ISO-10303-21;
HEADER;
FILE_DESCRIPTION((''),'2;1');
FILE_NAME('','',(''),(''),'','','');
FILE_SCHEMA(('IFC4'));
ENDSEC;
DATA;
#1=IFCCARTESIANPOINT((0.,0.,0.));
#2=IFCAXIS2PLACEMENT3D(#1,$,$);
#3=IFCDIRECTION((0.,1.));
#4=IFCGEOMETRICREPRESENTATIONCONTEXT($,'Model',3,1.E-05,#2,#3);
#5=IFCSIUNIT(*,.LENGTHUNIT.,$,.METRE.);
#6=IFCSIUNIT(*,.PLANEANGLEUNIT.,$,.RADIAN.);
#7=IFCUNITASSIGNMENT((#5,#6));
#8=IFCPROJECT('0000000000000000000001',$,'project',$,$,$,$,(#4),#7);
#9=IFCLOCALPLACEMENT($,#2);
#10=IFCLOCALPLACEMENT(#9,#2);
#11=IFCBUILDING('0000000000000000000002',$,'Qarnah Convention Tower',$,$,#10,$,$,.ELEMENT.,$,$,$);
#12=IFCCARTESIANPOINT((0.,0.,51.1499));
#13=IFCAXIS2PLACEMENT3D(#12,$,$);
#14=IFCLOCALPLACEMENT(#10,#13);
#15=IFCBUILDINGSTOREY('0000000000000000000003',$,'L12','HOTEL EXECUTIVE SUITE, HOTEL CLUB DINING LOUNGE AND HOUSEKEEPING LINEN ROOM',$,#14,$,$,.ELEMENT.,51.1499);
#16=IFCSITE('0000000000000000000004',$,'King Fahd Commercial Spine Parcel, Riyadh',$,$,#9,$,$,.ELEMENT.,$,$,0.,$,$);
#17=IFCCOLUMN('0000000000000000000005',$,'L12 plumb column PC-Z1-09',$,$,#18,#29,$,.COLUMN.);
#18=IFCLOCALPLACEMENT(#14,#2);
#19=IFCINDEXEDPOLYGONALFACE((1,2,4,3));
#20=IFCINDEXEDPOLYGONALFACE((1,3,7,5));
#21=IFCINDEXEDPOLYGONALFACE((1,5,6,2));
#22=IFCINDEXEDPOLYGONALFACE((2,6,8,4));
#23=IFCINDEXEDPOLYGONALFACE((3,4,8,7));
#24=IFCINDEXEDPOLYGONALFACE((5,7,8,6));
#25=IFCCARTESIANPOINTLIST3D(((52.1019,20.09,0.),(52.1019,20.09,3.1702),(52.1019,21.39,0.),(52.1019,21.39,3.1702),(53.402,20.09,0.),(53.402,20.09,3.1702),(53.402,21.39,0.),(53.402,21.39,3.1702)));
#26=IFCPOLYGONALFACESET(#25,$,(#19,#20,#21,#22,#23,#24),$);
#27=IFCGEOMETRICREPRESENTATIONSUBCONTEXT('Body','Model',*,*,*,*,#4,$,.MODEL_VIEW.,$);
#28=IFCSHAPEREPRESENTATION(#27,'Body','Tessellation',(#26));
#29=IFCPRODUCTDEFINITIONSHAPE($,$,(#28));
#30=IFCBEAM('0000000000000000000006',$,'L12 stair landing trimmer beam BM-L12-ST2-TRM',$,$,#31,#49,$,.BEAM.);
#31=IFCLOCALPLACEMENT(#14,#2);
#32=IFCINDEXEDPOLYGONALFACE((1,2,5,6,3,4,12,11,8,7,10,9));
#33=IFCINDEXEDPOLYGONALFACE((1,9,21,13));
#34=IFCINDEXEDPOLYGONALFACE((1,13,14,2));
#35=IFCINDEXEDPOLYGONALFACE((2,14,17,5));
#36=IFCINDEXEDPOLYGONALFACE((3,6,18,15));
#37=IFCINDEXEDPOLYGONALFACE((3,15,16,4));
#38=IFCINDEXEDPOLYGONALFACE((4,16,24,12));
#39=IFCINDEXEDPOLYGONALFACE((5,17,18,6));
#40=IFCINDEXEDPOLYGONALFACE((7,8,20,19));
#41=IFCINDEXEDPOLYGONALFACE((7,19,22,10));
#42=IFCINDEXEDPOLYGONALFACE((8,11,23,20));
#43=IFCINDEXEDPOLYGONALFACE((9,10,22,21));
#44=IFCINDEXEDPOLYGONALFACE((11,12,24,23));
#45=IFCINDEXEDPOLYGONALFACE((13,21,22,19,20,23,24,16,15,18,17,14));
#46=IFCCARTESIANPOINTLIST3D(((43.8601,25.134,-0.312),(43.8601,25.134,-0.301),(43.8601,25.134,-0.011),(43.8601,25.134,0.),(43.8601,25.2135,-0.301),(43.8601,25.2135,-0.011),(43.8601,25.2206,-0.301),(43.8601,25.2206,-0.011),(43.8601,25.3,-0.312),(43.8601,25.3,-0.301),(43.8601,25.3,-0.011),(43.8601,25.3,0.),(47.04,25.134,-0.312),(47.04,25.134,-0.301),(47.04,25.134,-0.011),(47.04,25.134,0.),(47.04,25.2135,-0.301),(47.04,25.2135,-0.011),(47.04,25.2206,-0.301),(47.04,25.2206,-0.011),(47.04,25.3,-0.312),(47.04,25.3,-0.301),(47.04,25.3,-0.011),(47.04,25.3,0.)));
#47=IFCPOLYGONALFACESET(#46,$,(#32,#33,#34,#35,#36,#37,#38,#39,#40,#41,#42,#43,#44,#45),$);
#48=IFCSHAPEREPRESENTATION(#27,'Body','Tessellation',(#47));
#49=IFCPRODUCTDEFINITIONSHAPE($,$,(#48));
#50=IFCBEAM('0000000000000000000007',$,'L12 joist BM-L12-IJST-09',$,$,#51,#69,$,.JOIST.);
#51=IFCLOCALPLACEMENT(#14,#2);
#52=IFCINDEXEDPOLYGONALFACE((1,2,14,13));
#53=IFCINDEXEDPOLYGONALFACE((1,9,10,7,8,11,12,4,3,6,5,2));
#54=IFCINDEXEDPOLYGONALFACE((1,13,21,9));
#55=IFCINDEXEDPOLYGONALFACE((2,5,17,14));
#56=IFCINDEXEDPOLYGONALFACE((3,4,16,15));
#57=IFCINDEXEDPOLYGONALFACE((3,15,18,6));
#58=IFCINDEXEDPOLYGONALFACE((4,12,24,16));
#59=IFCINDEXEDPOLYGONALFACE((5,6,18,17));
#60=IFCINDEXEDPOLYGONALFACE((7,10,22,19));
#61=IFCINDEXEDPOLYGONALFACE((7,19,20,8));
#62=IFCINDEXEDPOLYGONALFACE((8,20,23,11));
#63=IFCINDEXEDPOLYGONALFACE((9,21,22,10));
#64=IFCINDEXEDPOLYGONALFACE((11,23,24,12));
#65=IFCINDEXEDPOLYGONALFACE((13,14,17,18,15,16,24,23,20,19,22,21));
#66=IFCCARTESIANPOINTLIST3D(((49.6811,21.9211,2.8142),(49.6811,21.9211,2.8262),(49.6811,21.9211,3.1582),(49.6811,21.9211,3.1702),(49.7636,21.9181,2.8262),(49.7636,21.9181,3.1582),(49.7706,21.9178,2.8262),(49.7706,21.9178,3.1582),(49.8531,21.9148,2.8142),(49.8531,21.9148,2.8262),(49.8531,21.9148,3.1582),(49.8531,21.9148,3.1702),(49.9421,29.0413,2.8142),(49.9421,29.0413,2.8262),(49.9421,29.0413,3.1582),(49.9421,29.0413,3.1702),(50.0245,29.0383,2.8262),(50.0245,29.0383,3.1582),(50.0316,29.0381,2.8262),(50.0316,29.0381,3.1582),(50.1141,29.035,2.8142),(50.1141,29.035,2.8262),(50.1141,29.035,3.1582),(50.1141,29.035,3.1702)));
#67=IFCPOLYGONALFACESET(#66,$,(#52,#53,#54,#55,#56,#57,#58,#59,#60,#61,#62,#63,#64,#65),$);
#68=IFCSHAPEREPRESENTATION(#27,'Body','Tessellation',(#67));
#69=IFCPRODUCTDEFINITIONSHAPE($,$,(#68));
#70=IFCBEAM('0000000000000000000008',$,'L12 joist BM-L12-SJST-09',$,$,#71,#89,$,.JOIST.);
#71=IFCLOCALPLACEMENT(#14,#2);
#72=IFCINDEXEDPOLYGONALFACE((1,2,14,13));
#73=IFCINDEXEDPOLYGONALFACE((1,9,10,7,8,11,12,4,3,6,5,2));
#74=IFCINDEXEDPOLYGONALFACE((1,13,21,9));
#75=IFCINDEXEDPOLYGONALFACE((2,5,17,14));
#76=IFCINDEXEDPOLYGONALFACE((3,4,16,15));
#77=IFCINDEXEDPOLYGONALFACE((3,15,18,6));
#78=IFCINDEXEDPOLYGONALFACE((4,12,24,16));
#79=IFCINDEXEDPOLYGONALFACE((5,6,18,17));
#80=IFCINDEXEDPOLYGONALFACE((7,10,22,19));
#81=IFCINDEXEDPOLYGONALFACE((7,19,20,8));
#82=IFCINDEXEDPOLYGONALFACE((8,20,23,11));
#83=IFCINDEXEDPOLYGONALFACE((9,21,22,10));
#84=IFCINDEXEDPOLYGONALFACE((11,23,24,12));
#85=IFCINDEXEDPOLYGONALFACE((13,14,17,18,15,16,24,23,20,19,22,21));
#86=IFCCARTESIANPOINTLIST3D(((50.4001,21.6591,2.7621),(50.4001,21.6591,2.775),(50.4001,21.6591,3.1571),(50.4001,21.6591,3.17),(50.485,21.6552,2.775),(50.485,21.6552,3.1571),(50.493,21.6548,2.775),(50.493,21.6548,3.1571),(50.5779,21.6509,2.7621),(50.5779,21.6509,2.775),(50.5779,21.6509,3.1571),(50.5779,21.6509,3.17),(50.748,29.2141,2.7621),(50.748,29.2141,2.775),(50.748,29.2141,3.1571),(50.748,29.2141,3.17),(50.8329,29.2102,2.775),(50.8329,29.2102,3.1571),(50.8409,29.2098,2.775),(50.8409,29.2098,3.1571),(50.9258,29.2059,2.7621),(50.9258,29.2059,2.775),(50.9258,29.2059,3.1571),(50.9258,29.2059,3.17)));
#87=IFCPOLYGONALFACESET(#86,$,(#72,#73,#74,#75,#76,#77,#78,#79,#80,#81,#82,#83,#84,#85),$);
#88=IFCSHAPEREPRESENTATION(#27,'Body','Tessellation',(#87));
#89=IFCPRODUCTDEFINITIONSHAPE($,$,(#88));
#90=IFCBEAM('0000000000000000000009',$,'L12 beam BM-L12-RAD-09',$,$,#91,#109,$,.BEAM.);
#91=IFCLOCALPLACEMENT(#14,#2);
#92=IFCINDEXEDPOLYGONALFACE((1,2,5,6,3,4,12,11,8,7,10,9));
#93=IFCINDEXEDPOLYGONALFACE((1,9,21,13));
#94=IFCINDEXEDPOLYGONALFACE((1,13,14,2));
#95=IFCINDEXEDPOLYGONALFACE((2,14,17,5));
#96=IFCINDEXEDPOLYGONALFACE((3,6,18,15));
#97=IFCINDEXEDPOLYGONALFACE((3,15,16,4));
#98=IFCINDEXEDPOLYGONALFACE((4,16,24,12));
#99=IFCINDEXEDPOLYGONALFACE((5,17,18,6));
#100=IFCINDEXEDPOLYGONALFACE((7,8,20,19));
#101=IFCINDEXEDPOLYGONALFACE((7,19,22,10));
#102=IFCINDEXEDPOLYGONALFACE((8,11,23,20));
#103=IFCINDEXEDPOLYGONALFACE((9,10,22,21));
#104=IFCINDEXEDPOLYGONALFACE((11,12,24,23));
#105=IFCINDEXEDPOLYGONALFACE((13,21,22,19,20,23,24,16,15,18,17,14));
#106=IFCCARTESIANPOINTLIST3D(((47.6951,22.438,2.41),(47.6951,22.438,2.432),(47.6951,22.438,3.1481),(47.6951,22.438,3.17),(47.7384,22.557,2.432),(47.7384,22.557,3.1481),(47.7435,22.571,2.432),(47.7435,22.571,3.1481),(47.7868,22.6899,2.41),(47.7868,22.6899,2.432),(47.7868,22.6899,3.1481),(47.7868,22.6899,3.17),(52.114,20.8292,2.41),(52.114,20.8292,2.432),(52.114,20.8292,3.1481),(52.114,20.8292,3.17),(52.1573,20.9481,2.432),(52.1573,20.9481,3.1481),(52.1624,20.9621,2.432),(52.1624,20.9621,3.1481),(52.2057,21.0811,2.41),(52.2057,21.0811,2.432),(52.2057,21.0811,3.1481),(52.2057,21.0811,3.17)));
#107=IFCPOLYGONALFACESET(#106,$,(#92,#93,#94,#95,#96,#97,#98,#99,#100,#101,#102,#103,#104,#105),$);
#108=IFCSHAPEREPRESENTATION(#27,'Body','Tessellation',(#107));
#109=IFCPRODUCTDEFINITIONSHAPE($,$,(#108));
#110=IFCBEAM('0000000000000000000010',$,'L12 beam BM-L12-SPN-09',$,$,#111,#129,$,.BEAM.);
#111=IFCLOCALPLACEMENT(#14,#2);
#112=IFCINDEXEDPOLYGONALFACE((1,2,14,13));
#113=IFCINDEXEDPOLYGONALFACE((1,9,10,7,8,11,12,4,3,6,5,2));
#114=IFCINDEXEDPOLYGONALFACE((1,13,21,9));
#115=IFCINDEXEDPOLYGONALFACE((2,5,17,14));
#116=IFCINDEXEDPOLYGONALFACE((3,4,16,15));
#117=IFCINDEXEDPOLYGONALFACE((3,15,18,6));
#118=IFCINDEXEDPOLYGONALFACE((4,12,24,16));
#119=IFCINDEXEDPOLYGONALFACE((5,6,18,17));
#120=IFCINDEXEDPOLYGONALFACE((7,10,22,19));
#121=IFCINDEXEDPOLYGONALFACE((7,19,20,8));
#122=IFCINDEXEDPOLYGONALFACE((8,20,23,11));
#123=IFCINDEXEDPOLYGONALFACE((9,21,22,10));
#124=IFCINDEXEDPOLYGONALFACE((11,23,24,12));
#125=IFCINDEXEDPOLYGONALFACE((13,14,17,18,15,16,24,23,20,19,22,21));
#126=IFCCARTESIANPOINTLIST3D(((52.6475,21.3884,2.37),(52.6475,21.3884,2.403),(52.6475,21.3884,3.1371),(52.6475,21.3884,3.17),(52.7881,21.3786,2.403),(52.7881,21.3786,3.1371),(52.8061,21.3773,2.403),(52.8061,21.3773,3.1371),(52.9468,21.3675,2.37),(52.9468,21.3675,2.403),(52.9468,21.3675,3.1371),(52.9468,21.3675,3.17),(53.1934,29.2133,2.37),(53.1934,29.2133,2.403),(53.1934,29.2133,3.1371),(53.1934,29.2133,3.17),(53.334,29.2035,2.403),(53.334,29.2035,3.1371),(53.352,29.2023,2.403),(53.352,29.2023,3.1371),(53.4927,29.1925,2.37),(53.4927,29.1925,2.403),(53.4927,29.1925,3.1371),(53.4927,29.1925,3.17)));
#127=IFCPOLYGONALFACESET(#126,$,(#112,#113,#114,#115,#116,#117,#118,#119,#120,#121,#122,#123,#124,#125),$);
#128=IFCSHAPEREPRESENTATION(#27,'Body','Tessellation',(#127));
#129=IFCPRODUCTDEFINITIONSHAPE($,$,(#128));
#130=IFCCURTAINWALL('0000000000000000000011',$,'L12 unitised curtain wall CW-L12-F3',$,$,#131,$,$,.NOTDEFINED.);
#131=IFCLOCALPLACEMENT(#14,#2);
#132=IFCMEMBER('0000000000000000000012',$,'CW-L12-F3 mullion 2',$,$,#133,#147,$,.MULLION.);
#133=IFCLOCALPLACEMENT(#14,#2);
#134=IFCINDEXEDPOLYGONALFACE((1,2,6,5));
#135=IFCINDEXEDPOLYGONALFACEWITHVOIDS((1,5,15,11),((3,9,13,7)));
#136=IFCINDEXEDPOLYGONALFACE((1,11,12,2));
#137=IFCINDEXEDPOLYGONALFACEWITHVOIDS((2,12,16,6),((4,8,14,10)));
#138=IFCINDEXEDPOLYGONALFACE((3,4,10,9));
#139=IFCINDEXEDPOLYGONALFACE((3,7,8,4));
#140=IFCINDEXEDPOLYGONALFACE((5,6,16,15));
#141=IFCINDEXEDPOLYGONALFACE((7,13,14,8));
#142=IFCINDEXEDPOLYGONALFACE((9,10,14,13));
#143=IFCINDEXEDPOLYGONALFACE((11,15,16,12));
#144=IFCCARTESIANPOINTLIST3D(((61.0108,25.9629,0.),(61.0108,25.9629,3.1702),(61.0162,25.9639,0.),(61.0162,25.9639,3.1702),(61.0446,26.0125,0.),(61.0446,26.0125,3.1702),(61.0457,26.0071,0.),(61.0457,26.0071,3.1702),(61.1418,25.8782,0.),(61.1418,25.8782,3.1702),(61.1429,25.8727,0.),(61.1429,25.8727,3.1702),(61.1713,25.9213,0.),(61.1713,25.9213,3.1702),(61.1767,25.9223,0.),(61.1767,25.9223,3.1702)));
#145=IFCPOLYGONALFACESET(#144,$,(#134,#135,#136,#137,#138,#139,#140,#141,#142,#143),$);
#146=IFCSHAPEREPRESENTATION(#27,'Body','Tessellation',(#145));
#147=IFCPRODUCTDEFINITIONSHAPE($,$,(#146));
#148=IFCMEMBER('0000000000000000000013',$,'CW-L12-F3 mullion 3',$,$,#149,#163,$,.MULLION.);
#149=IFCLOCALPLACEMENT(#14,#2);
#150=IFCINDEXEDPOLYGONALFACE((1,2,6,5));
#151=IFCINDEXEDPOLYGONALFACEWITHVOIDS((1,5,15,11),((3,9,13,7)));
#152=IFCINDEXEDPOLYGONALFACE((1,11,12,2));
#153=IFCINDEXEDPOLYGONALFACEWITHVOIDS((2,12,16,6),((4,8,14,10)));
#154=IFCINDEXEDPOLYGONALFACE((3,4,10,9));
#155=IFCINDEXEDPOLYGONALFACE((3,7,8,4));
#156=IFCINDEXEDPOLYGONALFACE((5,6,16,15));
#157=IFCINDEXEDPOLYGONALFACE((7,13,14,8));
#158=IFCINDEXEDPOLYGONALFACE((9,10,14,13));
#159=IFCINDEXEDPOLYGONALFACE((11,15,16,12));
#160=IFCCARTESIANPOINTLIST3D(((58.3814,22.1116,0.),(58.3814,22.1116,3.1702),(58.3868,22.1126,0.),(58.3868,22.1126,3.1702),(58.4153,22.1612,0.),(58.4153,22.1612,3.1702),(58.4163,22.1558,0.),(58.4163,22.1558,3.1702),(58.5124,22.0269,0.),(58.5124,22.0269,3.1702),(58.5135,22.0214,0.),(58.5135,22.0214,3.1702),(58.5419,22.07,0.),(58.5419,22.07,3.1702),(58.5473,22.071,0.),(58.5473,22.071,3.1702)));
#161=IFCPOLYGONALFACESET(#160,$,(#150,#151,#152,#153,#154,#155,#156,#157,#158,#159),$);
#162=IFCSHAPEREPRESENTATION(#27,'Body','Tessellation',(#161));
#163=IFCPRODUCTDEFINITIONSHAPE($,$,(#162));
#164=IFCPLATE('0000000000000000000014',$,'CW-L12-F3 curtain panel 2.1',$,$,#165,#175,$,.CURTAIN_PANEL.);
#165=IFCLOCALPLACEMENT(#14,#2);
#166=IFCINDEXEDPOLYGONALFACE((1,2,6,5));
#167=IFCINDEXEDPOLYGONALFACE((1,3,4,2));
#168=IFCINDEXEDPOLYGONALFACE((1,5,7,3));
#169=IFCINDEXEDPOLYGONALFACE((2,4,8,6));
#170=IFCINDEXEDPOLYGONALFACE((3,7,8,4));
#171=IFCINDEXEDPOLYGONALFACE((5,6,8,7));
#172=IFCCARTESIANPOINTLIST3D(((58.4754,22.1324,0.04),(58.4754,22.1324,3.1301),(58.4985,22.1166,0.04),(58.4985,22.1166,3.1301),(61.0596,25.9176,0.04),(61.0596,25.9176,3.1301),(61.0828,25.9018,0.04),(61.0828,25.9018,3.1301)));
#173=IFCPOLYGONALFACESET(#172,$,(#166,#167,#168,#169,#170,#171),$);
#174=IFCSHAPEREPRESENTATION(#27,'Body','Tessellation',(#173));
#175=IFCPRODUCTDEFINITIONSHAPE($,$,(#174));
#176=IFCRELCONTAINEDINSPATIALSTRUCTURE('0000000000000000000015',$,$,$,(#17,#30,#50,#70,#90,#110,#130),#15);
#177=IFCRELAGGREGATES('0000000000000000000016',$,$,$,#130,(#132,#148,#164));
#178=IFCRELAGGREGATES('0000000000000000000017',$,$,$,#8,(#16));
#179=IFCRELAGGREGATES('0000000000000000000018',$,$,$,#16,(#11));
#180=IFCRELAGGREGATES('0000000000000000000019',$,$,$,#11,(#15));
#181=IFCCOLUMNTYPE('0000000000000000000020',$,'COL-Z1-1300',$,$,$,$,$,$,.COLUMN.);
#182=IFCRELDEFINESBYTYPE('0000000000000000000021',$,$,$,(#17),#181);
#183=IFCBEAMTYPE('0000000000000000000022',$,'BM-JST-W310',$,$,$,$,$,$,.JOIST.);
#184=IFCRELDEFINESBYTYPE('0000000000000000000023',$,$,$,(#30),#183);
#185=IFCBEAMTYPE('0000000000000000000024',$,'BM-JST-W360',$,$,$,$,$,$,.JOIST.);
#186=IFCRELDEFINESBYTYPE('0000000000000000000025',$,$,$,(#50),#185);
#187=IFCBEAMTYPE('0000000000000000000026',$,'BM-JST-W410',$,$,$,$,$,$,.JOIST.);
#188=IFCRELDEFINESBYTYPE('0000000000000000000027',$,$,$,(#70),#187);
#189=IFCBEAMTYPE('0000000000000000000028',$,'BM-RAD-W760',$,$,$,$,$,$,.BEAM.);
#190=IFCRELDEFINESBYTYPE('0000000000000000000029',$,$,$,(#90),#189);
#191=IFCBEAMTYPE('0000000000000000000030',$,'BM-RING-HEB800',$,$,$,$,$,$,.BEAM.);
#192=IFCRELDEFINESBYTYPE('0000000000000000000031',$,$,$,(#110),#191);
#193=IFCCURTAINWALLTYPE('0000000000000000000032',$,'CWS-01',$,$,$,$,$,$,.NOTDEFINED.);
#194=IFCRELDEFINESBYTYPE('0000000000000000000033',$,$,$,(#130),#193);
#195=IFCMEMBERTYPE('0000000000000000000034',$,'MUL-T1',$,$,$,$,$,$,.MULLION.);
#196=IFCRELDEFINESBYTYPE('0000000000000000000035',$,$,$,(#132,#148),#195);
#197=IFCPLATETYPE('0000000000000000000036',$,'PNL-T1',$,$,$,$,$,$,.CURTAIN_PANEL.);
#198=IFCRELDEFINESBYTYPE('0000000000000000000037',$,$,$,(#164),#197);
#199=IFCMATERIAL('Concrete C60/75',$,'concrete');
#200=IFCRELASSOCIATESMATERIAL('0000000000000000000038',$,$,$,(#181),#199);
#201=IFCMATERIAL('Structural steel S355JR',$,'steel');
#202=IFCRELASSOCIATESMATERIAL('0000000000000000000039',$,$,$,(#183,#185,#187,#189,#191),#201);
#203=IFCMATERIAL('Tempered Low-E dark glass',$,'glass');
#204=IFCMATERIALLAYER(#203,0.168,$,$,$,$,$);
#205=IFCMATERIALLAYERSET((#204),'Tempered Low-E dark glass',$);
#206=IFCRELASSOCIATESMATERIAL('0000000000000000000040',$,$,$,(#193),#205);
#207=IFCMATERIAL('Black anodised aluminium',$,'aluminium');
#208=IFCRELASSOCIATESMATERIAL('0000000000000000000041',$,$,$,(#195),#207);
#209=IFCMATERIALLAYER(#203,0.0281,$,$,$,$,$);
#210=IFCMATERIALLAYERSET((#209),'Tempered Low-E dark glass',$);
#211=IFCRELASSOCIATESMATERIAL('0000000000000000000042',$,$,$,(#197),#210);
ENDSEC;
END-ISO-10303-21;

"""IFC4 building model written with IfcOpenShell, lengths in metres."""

from ifc_helpers import new_model, si_unit, direction, frame, origin, origin_2d, place, context, subcontext, project, spatial, rectangle, hollow_rectangle, i_section, extrude, material, layer, layer_set, material_profile, profile_set, type_object, element, aggregate, save


model = new_model("IFC4")

# Units and contexts
model_context = context("Model", 3, precision=1e-05, world=origin(), true_north=direction((0.0, 1.0)))
body_context = subcontext(model_context, "Body", "Model", "MODEL_VIEW")
ifc_project = project(units=[si_unit("LENGTHUNIT", "METRE"), si_unit("PLANEANGLEUNIT", "RADIAN")], contexts=[model_context])

# Site, building, storey
site_placement = place(None, origin())
site = spatial("IfcSite", under=ifc_project, at=site_placement, Name="King Fahd Commercial Spine Parcel, Riyadh", CompositionType="ELEMENT", RefElevation=0.0)
building_placement = place(site_placement, origin())
building = spatial("IfcBuilding", under=site, at=building_placement, Name="Qarnah Convention Tower", CompositionType="ELEMENT")
storey_placement = place(building_placement, frame((0.0, 0.0, 51.1499)))
storey = spatial("IfcBuildingStorey", under=building, at=storey_placement, Name="L12", Description="HOTEL EXECUTIVE SUITE, HOTEL CLUB DINING LOUNGE AND HOUSEKEEPING LINEN ROOM", CompositionType="ELEMENT", Elevation=51.1499)

# Column
ifc_material_1 = material(Name="Concrete C60/75", Category="concrete")
ifc_material_profile_1 = material_profile(ifc_material_1, rectangle(XDim=1.3, YDim=1.3, at=origin_2d()), Name="RC-COL-1300X1300")
ifc_profile_set_1 = profile_set([ifc_material_profile_1], Name="Concrete C60/75")
column_type = type_object("IfcColumnType", Name="COL-Z1-1300", PredefinedType="COLUMN", material=ifc_profile_set_1)
column_placement = place(storey_placement, frame((52.752, 20.74, 0.0), z_axis=(0.0, 0.0, 1.0), x_axis=(1.0, 0.0, 0.0)))
element("IfcColumn", 1, at=column_placement, inside=storey, type_object=column_type, Name="L12 plumb column PC-Z1-09", PredefinedType="COLUMN", context=body_context, shape_type="SweptSolid", body=[
    extrude(rectangle(XDim=1.3, YDim=1.3, at=origin_2d()), origin(), (0.0, 0.0, 1.0), 3.1702),
])

# Beams
ifc_material_2 = material(Name="Structural steel S355JR", Category="steel")
ifc_material_profile_2 = material_profile(ifc_material_2, i_section(OverallWidth=0.166, OverallDepth=0.312, WebThickness=0.0071, FlangeThickness=0.011, at=origin_2d()), Name="W310X45")
ifc_profile_set_2 = profile_set([ifc_material_profile_2], Name="Structural steel S355JR")
beam_type_1 = type_object("IfcBeamType", Name="BM-JST-W310", PredefinedType="JOIST", material=ifc_profile_set_2)
beam_1_placement = place(storey_placement, frame((43.8601, 25.217, -0.156), z_axis=(1.0, 0.0, 0.0), x_axis=(0.0, 1.0, 0.0)))
element("IfcBeam", 2, at=beam_1_placement, inside=storey, type_object=beam_type_1, Name="L12 stair landing trimmer beam BM-L12-ST2-TRM", PredefinedType="BEAM", context=body_context, shape_type="SweptSolid", body=[
    extrude(i_section(OverallWidth=0.166, OverallDepth=0.312, WebThickness=0.0071, FlangeThickness=0.011, at=origin_2d()), origin(), (0.0, 0.0, 1.0), 3.1799),
])
ifc_material_profile_3 = material_profile(ifc_material_2, i_section(OverallWidth=0.1721, OverallDepth=0.356, WebThickness=0.0071, FlangeThickness=0.012, at=origin_2d()), Name="W360X51")
ifc_profile_set_3 = profile_set([ifc_material_profile_3], Name="Structural steel S355JR")
beam_type_2 = type_object("IfcBeamType", Name="BM-JST-W360", PredefinedType="JOIST", material=ifc_profile_set_3)
beam_2_placement = place(storey_placement, frame((49.7671, 21.918, 2.9922), z_axis=(0.03663, 0.999329, 0.0), x_axis=(-0.999329, 0.03663, 0.0)))
element("IfcBeam", 3, at=beam_2_placement, inside=storey, type_object=beam_type_2, Name="L12 joist BM-L12-IJST-09", PredefinedType="JOIST", context=body_context, shape_type="SweptSolid", body=[
    extrude(i_section(OverallWidth=0.1721, OverallDepth=0.356, WebThickness=0.0071, FlangeThickness=0.012, at=origin_2d()), origin(), (0.0, 0.0, 1.0), 7.125),
])
ifc_material_profile_4 = material_profile(ifc_material_2, i_section(OverallWidth=0.178, OverallDepth=0.408, WebThickness=0.0081, FlangeThickness=0.0129, at=origin_2d()), Name="W410X60")
ifc_profile_set_4 = profile_set([ifc_material_profile_4], Name="Structural steel S355JR")
beam_type_3 = type_object("IfcBeamType", Name="BM-JST-W410", PredefinedType="JOIST", material=ifc_profile_set_4)
beam_3_placement = place(storey_placement, frame((50.489, 21.655, 2.9661), z_axis=(0.046001, 0.998941, 0.0), x_axis=(-0.998941, 0.046001, 0.0)))
element("IfcBeam", 4, at=beam_3_placement, inside=storey, type_object=beam_type_3, Name="L12 joist BM-L12-SJST-09", PredefinedType="JOIST", context=body_context, shape_type="SweptSolid", body=[
    extrude(i_section(OverallWidth=0.178, OverallDepth=0.408, WebThickness=0.0081, FlangeThickness=0.0129, at=origin_2d()), origin(), (0.0, 0.0, 1.0), 7.563),
])
ifc_material_profile_5 = material_profile(ifc_material_2, i_section(OverallWidth=0.2681, OverallDepth=0.76, WebThickness=0.0149, FlangeThickness=0.022, at=origin_2d()), Name="W760X185")
ifc_profile_set_5 = profile_set([ifc_material_profile_5], Name="Structural steel S355JR")
beam_type_4 = type_object("IfcBeamType", Name="BM-RAD-W760", PredefinedType="BEAM", material=ifc_profile_set_5)
beam_4_placement = place(storey_placement, frame((47.741, 22.564, 2.79), z_axis=(0.939657, -0.342118, 0.0), x_axis=(0.342118, 0.939657, 0.0)))
element("IfcBeam", 5, at=beam_4_placement, inside=storey, type_object=beam_type_4, Name="L12 beam BM-L12-RAD-09", PredefinedType="BEAM", context=body_context, shape_type="SweptSolid", body=[
    extrude(i_section(OverallWidth=0.2681, OverallDepth=0.76, WebThickness=0.0149, FlangeThickness=0.022, at=origin_2d()), origin(), (0.0, 0.0, 1.0), 4.7026),
])
ifc_material_profile_6 = material_profile(ifc_material_2, i_section(OverallWidth=0.3, OverallDepth=0.8, WebThickness=0.0181, FlangeThickness=0.033, at=origin_2d()), Name="HEB800")
ifc_profile_set_6 = profile_set([ifc_material_profile_6], Name="Structural steel S355JR")
beam_type_5 = type_object("IfcBeamType", Name="BM-RING-HEB800", PredefinedType="BEAM", material=ifc_profile_set_6)
beam_5_placement = place(storey_placement, frame((52.7971, 21.3779, 2.77), z_axis=(0.069595, 0.997575, 0.0), x_axis=(-0.997575, 0.069595, 0.0)))
element("IfcBeam", 6, at=beam_5_placement, inside=storey, type_object=beam_type_5, Name="L12 beam BM-L12-SPN-09", PredefinedType="BEAM", context=body_context, shape_type="SweptSolid", body=[
    extrude(i_section(OverallWidth=0.3, OverallDepth=0.8, WebThickness=0.0181, FlangeThickness=0.033, at=origin_2d()), origin(), (0.0, 0.0, 1.0), 7.844),
])

# Curtain wall, members, plate
ifc_material_3 = material(Name="Tempered Low-E dark glass", Category="glass")
ifc_layer_1 = layer(ifc_material_3, 0.168)
ifc_layer_set_1 = layer_set([ifc_layer_1], Name="Tempered Low-E dark glass")
curtain_wall_type = type_object("IfcCurtainWallType", Name="CWS-01", PredefinedType="NOTDEFINED", material=ifc_layer_set_1)
curtain_wall_placement = place(storey_placement, origin())
curtain_wall = element("IfcCurtainWall", 7, at=curtain_wall_placement, inside=storey, type_object=curtain_wall_type, Name="L12 unitised curtain wall CW-L12-F3", PredefinedType="NOTDEFINED")
ifc_material_4 = material(Name="Black anodised aluminium", Category="aluminium")
ifc_material_profile_7 = material_profile(ifc_material_4, hollow_rectangle(XDim=0.0601, YDim=0.1599, WallThickness=0.0039, at=origin_2d()), Name="MUL-60X160")
ifc_profile_set_7 = profile_set([ifc_material_profile_7], Name="Black anodised aluminium")
member_type = type_object("IfcMemberType", Name="MUL-T1", PredefinedType="MULLION", material=ifc_profile_set_7)
member_1_placement = place(storey_placement, frame((61.0938, 25.9426, 0.0), z_axis=(0.0, 0.0, 1.0), x_axis=(-0.563838, -0.825885, 0.0)))
member_1 = element("IfcMember", 8, at=member_1_placement, type_object=member_type, Name="CW-L12-F3 mullion 2", PredefinedType="MULLION", context=body_context, shape_type="SweptSolid", body=[
    extrude(hollow_rectangle(XDim=0.0601, YDim=0.1599, WallThickness=0.0039, at=origin_2d()), origin(), (0.0, 0.0, 1.0), 3.1702),
])
member_2_placement = place(storey_placement, frame((58.4644, 22.0913, 0.0), z_axis=(0.0, 0.0, 1.0), x_axis=(-0.563838, -0.825885, 0.0)))
member_2 = element("IfcMember", 9, at=member_2_placement, type_object=member_type, Name="CW-L12-F3 mullion 3", PredefinedType="MULLION", context=body_context, shape_type="SweptSolid", body=[
    extrude(hollow_rectangle(XDim=0.0601, YDim=0.1599, WallThickness=0.0039, at=origin_2d()), origin(), (0.0, 0.0, 1.0), 3.1702),
])
ifc_layer_2 = layer(ifc_material_3, 0.0281)
ifc_layer_set_2 = layer_set([ifc_layer_2], Name="Tempered Low-E dark glass")
plate_type = type_object("IfcPlateType", Name="PNL-T1", PredefinedType="CURTAIN_PANEL", material=ifc_layer_set_2)
plate_1_placement = place(storey_placement, frame((59.7791, 24.0171, 0.04), z_axis=(0.0, 0.0, 1.0), x_axis=(-0.563838, -0.825885, 0.0)))
plate_1 = element("IfcPlate", 10, at=plate_1_placement, type_object=plate_type, Name="CW-L12-F3 curtain panel 2.1", PredefinedType="CURTAIN_PANEL", context=body_context, shape_type="SweptSolid", body=[
    extrude(rectangle(XDim=4.5833, YDim=0.0281, at=origin_2d()), origin(), (0.0, 0.0, 1.0), 3.0901),
])
aggregate(curtain_wall, [member_1, member_2, plate_1])

save(model, "model.ifc")
